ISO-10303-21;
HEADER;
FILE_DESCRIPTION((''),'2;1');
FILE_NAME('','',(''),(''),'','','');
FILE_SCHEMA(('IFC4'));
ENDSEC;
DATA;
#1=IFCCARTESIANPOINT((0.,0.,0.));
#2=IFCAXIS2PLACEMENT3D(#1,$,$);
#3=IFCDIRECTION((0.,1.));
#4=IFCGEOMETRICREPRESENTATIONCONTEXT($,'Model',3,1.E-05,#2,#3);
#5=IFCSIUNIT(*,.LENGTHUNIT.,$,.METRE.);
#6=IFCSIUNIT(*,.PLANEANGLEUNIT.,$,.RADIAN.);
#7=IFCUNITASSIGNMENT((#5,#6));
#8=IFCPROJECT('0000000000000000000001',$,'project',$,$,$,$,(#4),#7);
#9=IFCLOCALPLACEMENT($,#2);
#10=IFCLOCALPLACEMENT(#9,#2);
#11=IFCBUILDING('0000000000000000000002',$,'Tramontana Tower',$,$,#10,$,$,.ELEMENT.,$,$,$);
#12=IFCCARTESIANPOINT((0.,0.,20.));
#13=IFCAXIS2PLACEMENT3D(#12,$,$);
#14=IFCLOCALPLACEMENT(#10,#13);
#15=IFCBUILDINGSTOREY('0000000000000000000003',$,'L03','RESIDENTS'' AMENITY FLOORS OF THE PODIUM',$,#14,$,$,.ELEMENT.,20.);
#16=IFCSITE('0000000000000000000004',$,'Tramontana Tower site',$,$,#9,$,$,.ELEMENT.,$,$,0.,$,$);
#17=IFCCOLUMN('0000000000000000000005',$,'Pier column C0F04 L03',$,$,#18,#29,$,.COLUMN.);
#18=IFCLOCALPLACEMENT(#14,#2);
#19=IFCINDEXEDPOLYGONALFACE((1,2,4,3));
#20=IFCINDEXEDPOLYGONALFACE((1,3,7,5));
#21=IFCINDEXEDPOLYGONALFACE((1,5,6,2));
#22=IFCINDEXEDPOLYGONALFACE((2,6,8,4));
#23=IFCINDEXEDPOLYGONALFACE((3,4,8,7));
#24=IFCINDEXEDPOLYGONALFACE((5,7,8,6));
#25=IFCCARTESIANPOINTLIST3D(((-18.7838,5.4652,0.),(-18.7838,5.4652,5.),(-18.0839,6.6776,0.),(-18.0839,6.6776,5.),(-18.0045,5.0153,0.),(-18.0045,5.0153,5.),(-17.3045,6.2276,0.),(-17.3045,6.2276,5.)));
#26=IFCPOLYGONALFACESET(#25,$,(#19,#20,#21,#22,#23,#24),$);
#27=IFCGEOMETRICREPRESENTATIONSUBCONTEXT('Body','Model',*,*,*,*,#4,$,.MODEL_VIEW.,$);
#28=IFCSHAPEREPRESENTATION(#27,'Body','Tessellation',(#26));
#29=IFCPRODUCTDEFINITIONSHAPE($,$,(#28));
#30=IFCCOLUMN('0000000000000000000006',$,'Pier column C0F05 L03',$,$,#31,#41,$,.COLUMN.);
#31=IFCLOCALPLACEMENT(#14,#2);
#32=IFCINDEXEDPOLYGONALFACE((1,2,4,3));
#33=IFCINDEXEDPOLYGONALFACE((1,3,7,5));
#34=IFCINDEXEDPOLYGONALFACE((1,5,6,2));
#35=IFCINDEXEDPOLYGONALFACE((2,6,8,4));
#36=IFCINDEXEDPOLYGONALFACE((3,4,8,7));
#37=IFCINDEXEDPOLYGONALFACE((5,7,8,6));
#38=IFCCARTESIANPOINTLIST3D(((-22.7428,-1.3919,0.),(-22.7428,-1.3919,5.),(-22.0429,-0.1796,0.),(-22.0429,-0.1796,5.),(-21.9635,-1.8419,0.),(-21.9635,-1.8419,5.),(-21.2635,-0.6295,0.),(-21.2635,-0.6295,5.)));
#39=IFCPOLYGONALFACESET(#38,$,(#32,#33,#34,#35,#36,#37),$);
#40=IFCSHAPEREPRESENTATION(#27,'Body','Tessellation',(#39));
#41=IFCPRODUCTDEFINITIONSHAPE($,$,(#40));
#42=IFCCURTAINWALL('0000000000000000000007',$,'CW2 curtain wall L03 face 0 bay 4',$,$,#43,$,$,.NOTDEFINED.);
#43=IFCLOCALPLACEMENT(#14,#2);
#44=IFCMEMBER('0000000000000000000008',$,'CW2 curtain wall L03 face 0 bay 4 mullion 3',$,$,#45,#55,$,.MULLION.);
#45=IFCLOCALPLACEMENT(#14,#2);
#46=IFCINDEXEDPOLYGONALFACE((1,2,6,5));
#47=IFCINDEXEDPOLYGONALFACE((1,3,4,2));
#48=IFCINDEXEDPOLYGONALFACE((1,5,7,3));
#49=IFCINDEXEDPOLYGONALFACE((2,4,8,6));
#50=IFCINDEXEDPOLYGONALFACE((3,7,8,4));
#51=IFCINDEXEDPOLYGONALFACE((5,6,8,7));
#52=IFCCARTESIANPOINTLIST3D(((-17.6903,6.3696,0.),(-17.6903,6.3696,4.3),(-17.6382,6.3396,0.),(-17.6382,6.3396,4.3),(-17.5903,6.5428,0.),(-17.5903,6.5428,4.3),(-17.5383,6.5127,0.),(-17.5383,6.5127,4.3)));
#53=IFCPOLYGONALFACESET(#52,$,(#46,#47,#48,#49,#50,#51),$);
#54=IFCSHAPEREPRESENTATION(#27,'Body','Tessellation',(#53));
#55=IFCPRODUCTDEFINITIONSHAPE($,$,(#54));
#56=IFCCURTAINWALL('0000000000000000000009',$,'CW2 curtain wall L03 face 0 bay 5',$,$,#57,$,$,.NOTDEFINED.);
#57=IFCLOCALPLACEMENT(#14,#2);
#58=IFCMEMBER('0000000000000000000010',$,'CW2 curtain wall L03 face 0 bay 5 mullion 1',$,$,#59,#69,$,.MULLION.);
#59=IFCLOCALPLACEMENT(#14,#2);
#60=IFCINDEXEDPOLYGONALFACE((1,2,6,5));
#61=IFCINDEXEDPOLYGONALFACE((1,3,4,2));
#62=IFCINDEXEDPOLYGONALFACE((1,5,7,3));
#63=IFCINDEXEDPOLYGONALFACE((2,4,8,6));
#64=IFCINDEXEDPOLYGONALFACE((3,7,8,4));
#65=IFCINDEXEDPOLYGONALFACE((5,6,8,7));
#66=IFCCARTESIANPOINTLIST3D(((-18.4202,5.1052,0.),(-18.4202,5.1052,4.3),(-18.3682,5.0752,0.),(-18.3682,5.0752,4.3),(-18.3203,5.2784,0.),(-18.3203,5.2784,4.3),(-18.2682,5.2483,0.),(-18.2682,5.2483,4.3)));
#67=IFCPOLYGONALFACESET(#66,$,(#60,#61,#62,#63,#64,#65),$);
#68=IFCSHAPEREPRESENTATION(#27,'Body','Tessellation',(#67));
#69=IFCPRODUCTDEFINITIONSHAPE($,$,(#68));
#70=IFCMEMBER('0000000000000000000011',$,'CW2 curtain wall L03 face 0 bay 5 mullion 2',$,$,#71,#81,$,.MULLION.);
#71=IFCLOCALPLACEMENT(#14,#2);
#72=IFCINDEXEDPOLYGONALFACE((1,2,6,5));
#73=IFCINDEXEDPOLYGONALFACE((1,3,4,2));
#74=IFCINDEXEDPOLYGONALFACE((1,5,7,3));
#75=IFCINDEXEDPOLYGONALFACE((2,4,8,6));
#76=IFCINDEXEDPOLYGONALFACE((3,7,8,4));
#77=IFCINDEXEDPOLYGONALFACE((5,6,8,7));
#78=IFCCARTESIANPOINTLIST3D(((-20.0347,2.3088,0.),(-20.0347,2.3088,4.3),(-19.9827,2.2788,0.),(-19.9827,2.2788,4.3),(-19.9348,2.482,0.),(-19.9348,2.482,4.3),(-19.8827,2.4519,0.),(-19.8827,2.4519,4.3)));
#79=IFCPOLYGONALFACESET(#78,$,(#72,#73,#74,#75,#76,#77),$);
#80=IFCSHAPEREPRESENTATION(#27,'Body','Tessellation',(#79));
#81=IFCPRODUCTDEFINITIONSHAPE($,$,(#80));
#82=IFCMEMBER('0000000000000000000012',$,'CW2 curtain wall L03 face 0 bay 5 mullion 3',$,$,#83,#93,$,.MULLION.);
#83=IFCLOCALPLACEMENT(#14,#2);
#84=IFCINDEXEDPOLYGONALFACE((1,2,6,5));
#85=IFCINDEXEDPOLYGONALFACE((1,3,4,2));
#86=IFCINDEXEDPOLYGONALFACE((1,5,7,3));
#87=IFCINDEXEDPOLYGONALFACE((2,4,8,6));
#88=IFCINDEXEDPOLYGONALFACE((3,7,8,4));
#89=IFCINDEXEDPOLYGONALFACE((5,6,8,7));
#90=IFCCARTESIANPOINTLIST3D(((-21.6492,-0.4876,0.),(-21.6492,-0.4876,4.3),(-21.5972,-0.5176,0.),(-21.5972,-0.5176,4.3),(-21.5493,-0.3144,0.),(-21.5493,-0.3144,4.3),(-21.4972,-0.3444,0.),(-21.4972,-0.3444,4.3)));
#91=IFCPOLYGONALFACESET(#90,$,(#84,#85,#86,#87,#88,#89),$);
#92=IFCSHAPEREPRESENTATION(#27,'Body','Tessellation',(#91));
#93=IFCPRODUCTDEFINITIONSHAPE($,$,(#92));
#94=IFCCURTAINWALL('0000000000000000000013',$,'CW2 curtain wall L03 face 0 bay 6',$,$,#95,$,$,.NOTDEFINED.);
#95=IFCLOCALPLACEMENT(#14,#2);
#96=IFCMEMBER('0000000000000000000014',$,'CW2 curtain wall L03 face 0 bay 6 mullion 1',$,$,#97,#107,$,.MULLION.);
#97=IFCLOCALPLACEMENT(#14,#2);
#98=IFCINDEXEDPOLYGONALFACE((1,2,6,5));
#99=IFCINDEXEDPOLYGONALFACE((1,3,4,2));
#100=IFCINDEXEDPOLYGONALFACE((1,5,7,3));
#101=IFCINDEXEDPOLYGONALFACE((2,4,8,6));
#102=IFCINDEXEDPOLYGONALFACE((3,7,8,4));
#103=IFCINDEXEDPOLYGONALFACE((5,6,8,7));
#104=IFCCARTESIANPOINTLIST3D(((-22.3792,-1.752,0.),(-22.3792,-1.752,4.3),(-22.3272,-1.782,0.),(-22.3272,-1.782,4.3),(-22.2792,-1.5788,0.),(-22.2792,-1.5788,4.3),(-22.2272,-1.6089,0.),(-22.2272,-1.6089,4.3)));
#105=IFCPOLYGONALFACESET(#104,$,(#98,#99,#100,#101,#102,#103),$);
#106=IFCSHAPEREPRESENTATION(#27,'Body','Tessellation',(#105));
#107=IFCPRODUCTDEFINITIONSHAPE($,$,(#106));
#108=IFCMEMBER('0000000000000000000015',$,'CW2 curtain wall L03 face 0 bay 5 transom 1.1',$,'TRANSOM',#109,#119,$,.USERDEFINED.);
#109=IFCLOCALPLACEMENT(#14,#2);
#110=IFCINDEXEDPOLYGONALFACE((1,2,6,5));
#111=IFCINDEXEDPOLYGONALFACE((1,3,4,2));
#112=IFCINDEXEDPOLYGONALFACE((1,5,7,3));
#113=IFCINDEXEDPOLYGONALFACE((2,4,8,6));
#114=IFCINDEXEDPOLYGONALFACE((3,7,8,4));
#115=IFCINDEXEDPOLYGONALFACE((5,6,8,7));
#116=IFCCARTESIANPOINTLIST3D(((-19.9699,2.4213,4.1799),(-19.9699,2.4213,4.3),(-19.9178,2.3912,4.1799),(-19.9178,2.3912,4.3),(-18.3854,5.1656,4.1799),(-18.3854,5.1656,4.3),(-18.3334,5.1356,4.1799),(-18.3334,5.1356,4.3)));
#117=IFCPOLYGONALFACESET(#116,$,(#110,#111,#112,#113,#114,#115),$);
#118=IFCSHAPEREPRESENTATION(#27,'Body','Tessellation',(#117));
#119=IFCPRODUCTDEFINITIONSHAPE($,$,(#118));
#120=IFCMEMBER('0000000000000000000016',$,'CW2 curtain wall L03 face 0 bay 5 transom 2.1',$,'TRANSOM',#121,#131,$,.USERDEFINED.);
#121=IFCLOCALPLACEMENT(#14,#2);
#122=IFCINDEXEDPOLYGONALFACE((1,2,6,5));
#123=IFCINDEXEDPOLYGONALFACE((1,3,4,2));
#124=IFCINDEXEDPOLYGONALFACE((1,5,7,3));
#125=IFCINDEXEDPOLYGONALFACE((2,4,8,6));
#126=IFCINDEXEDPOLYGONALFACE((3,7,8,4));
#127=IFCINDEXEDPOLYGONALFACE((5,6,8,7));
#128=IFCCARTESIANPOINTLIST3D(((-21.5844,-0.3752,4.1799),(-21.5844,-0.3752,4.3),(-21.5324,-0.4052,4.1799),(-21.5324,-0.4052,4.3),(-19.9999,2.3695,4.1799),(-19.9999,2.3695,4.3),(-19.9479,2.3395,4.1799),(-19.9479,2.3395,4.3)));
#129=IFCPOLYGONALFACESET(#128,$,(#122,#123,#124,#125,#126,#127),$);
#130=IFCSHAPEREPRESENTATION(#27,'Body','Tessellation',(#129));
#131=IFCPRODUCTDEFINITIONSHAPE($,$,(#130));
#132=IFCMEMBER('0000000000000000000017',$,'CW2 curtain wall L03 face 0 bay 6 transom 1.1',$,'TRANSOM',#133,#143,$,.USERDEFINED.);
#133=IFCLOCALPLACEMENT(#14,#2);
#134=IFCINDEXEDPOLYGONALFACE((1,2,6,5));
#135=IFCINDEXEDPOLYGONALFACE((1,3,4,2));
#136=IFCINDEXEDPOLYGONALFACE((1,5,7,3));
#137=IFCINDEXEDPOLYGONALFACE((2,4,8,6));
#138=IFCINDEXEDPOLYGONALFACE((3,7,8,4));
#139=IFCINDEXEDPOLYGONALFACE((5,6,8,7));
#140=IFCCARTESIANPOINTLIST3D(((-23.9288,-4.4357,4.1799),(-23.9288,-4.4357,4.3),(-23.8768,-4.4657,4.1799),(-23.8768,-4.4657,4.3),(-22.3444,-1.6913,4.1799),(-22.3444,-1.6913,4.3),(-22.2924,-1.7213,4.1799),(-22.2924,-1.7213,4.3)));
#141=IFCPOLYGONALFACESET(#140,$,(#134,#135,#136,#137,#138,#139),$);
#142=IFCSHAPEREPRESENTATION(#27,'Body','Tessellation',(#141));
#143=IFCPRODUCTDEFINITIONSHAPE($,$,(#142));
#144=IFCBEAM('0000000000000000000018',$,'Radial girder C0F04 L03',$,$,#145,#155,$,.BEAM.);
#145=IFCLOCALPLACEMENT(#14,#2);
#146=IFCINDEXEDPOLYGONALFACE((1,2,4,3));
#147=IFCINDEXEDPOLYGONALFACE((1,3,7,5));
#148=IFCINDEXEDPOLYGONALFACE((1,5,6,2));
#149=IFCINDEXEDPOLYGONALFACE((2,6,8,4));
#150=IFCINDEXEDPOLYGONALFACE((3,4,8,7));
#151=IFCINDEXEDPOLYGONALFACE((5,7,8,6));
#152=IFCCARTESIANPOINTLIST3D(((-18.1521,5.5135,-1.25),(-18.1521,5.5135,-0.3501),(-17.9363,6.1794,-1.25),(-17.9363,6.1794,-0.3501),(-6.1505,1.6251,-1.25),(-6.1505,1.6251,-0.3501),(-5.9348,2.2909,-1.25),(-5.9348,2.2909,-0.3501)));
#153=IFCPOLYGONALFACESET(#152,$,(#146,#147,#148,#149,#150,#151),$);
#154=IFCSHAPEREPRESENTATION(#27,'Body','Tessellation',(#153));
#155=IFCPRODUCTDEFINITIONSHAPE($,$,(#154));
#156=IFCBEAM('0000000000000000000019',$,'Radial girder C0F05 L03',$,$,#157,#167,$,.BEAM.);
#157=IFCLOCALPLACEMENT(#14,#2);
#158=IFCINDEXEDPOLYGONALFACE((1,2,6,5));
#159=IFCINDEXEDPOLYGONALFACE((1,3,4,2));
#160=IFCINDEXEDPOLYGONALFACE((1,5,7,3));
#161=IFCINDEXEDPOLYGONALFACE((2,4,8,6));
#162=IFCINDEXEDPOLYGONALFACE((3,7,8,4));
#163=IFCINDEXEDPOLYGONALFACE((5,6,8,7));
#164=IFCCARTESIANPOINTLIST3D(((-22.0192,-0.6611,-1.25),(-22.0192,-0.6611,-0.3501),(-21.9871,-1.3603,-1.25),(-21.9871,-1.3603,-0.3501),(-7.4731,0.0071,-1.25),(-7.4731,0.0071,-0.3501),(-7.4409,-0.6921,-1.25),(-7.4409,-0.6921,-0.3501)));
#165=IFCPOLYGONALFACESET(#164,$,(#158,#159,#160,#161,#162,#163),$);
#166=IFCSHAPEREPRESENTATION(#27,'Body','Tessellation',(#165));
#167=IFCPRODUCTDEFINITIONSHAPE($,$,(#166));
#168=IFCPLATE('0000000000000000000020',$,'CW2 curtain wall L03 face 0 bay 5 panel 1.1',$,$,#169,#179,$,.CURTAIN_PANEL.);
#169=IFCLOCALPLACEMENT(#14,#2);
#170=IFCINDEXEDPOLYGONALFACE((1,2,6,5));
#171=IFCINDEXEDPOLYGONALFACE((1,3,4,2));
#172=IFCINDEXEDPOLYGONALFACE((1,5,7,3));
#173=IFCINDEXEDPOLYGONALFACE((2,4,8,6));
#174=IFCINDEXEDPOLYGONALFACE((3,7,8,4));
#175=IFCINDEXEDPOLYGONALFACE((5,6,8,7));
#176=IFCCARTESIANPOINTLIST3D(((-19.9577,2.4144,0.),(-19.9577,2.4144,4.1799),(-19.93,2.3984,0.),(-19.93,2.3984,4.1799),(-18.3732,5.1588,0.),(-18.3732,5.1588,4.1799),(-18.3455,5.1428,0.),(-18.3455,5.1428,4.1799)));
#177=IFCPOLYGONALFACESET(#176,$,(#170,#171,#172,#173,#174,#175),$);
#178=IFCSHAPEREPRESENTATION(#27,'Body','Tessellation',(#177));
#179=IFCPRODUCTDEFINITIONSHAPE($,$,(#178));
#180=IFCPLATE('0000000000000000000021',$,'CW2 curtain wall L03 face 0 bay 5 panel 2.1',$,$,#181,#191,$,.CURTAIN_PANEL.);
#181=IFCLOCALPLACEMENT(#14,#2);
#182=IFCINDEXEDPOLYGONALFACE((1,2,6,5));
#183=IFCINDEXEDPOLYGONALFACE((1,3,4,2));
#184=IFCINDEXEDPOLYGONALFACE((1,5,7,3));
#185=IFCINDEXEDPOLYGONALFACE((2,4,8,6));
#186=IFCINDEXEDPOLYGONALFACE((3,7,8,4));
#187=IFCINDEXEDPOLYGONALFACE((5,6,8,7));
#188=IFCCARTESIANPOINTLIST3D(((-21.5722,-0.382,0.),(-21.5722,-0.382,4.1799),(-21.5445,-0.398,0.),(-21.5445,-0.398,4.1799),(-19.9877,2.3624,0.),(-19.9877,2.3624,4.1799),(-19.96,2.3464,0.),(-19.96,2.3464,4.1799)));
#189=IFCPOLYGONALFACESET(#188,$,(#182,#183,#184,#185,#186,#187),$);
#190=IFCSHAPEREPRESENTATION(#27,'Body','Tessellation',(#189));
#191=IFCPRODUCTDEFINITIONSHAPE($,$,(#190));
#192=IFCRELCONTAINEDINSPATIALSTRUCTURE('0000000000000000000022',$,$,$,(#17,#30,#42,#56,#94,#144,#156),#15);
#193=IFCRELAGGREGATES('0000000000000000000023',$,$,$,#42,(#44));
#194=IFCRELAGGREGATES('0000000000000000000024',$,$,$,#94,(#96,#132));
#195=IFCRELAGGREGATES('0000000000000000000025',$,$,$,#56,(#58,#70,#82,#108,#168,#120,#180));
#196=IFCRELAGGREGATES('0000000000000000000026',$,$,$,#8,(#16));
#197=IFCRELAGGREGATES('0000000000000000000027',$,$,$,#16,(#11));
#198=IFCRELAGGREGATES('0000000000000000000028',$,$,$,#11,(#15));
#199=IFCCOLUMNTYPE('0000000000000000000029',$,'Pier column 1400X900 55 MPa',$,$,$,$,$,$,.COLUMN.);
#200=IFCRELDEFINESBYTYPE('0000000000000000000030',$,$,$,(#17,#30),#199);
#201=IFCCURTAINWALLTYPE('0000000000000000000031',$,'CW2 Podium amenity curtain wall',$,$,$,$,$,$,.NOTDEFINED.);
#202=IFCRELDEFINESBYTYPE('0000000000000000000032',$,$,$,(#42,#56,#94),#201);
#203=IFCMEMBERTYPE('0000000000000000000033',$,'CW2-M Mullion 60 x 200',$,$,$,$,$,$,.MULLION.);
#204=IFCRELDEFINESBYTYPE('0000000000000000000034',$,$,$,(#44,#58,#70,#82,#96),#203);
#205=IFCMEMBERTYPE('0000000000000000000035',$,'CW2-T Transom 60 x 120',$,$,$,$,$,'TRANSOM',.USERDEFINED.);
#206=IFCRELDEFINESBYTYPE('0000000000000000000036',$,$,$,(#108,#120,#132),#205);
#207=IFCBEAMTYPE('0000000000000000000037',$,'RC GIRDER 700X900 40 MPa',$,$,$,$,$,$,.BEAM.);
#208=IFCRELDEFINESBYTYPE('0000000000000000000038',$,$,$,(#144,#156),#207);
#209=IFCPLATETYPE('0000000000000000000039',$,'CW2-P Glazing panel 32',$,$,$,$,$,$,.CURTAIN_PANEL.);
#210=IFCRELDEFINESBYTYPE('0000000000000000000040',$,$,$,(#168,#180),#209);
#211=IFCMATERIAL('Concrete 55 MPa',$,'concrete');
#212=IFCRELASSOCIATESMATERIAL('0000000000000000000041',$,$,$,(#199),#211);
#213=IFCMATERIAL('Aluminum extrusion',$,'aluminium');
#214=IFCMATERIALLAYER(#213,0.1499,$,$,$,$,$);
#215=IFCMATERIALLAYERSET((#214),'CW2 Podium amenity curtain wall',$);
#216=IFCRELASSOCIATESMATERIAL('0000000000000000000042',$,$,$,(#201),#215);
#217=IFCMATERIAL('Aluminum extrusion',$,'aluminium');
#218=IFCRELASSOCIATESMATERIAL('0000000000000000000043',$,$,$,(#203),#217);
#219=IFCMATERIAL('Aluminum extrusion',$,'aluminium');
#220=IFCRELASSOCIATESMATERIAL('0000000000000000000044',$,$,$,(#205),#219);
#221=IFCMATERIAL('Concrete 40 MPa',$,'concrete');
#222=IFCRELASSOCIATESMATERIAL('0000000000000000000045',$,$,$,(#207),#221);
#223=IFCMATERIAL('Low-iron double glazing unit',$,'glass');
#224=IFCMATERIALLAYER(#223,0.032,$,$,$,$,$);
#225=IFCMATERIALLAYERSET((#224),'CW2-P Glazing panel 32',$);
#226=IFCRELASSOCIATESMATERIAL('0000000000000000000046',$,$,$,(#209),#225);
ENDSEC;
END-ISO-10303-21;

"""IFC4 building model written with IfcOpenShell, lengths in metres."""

from ifc_helpers import new_model, si_unit, direction, frame, origin, origin_2d, place, context, subcontext, project, spatial, rectangle, extrude, material, layer, layer_set, material_profile, profile_set, type_object, element, aggregate, save


model = new_model("IFC4")

# Units and contexts
model_context = context("Model", 3, precision=1e-05, world=origin(), true_north=direction((0.0, 1.0)))
body_context = subcontext(model_context, "Body", "Model", "MODEL_VIEW")
ifc_project = project(units=[si_unit("LENGTHUNIT", "METRE"), si_unit("PLANEANGLEUNIT", "RADIAN")], contexts=[model_context])

# Site, building, storey
site_placement = place(None, origin())
site = spatial("IfcSite", under=ifc_project, at=site_placement, Name="Tramontana Tower site", CompositionType="ELEMENT", RefElevation=0.0)
building_placement = place(site_placement, origin())
building = spatial("IfcBuilding", under=site, at=building_placement, Name="Tramontana Tower", CompositionType="ELEMENT")
storey_placement = place(building_placement, frame((0.0, 0.0, 20.0)))
storey = spatial("IfcBuildingStorey", under=building, at=storey_placement, Name="L03", Description="RESIDENTS' AMENITY FLOORS OF THE PODIUM", CompositionType="ELEMENT", Elevation=20.0)

# Columns
ifc_material_1 = material(Name="Concrete 55 MPa", Category="concrete")
ifc_material_profile_1 = material_profile(ifc_material_1, rectangle(XDim=1.3999, YDim=0.8999, at=origin_2d()), Name="Pier column 1400X900 55 MPa")
ifc_profile_set_1 = profile_set([ifc_material_profile_1], Name="Concrete 55 MPa")
column_type = type_object("IfcColumnType", Name="Pier column 1400X900 55 MPa", PredefinedType="COLUMN", material=ifc_profile_set_1)
for number, where, z_axis, x_axis, name in (
    (1, (-18.0442, 5.8464, 0.0), (0.0, 0.0, 1.0), (-0.5, -0.866025, 0.0), "Pier column C0F04 L03"),
    (2, (-22.0032, -1.0107, 0.0), (0.0, 0.0, 1.0), (-0.5, -0.866025, 0.0), "Pier column C0F05 L03"),
):
    element("IfcColumn", number, at=place(storey_placement, frame(where, z_axis=z_axis, x_axis=x_axis)), inside=storey, type_object=column_type, Name=name, PredefinedType="COLUMN", context=body_context, shape_type="SweptSolid", body=[
        extrude(rectangle(XDim=1.3999, YDim=0.8999, at=origin_2d()), origin(), (0.0, 0.0, 1.0), 5.0),
    ])

# Curtain wall, member
ifc_material_2 = material(Name="Aluminum extrusion", Category="aluminium")
ifc_layer_1 = layer(ifc_material_2, 0.1499)
ifc_layer_set_1 = layer_set([ifc_layer_1], Name="CW2 Podium amenity curtain wall")
curtain_wall_type = type_object("IfcCurtainWallType", Name="CW2 Podium amenity curtain wall", PredefinedType="NOTDEFINED", material=ifc_layer_set_1)
curtain_wall_1_placement = place(storey_placement, origin())
curtain_wall_1 = element("IfcCurtainWall", 3, at=curtain_wall_1_placement, inside=storey, type_object=curtain_wall_type, Name="CW2 curtain wall L03 face 0 bay 4", PredefinedType="NOTDEFINED")
ifc_material_3 = material(Name="Aluminum extrusion", Category="aluminium")
ifc_material_profile_2 = material_profile(ifc_material_3, rectangle(XDim=0.0601, YDim=0.2, at=origin_2d()), Name="CW2-M Mullion 60 x 200")
ifc_profile_set_2 = profile_set([ifc_material_profile_2], Name="Aluminum extrusion")
member_type_1 = type_object("IfcMemberType", Name="CW2-M Mullion 60 x 200", PredefinedType="MULLION", material=ifc_profile_set_2)
member_1_placement = place(storey_placement, frame((-17.6143, 6.4412, 0.0), z_axis=(0.0, 0.0, 1.0), x_axis=(0.866025, -0.5, 0.0)))
member_1 = element("IfcMember", 4, at=member_1_placement, type_object=member_type_1, Name="CW2 curtain wall L03 face 0 bay 4 mullion 3", PredefinedType="MULLION", context=body_context, shape_type="SweptSolid", body=[
    extrude(rectangle(XDim=0.0601, YDim=0.2, at=origin_2d()), origin(), (0.0, 0.0, 1.0), 4.3),
])
aggregate(curtain_wall_1, [member_1])

# Curtain wall, members
curtain_wall_2_placement = place(storey_placement, origin())
curtain_wall_2 = element("IfcCurtainWall", 5, at=curtain_wall_2_placement, inside=storey, type_object=curtain_wall_type, Name="CW2 curtain wall L03 face 0 bay 5", PredefinedType="NOTDEFINED")
member_2_placement = place(storey_placement, frame((-18.3442, 5.1768, 0.0), z_axis=(0.0, 0.0, 1.0), x_axis=(0.866025, -0.5, 0.0)))
member_2 = element("IfcMember", 6, at=member_2_placement, type_object=member_type_1, Name="CW2 curtain wall L03 face 0 bay 5 mullion 1", PredefinedType="MULLION", context=body_context, shape_type="SweptSolid", body=[
    extrude(rectangle(XDim=0.0601, YDim=0.2, at=origin_2d()), origin(), (0.0, 0.0, 1.0), 4.3),
])
member_3_placement = place(storey_placement, frame((-19.9587, 2.3804, 0.0), z_axis=(0.0, 0.0, 1.0), x_axis=(0.866025, -0.5, 0.0)))
member_3 = element("IfcMember", 7, at=member_3_placement, type_object=member_type_1, Name="CW2 curtain wall L03 face 0 bay 5 mullion 2", PredefinedType="MULLION", context=body_context, shape_type="SweptSolid", body=[
    extrude(rectangle(XDim=0.0601, YDim=0.2, at=origin_2d()), origin(), (0.0, 0.0, 1.0), 4.3),
])
member_4_placement = place(storey_placement, frame((-21.5732, -0.416, 0.0), z_axis=(0.0, 0.0, 1.0), x_axis=(0.866025, -0.5, 0.0)))
member_4 = element("IfcMember", 8, at=member_4_placement, type_object=member_type_1, Name="CW2 curtain wall L03 face 0 bay 5 mullion 3", PredefinedType="MULLION", context=body_context, shape_type="SweptSolid", body=[
    extrude(rectangle(XDim=0.0601, YDim=0.2, at=origin_2d()), origin(), (0.0, 0.0, 1.0), 4.3),
])

# Curtain wall, member
curtain_wall_3_placement = place(storey_placement, origin())
curtain_wall_3 = element("IfcCurtainWall", 9, at=curtain_wall_3_placement, inside=storey, type_object=curtain_wall_type, Name="CW2 curtain wall L03 face 0 bay 6", PredefinedType="NOTDEFINED")
member_5_placement = place(storey_placement, frame((-22.3032, -1.6804, 0.0), z_axis=(0.0, 0.0, 1.0), x_axis=(0.866025, -0.5, 0.0)))
member_5 = element("IfcMember", 10, at=member_5_placement, type_object=member_type_1, Name="CW2 curtain wall L03 face 0 bay 6 mullion 1", PredefinedType="MULLION", context=body_context, shape_type="SweptSolid", body=[
    extrude(rectangle(XDim=0.0601, YDim=0.2, at=origin_2d()), origin(), (0.0, 0.0, 1.0), 4.3),
])

# Members
ifc_material_4 = material(Name="Aluminum extrusion", Category="aluminium")
ifc_material_profile_3 = material_profile(ifc_material_4, rectangle(XDim=0.0601, YDim=0.1201, at=origin_2d()), Name="CW2-T Transom 60 x 120")
ifc_profile_set_3 = profile_set([ifc_material_profile_3], Name="Aluminum extrusion")
member_type_2 = type_object("IfcMemberType", Name="CW2-T Transom 60 x 120", ElementType="TRANSOM", PredefinedType="USERDEFINED", material=ifc_profile_set_3)
member_6_placement = place(storey_placement, frame((-18.3594, 5.1506, 4.24), z_axis=(-0.5, -0.866025, 0.0), x_axis=(0.866025, -0.5, 0.0)))
member_6 = element("IfcMember", 11, at=member_6_placement, type_object=member_type_2, Name="CW2 curtain wall L03 face 0 bay 5 transom 1.1", ObjectType="TRANSOM", PredefinedType="USERDEFINED", context=body_context, shape_type="SweptSolid", body=[
    extrude(rectangle(XDim=0.0601, YDim=0.1201, at=origin_2d()), origin(), (0.0, 0.0, 1.0), 3.1689),
])
member_7_placement = place(storey_placement, frame((-19.9739, 2.3545, 4.24), z_axis=(-0.499967, -0.866044, 0.0), x_axis=(0.866044, -0.499967, 0.0)))
member_7 = element("IfcMember", 12, at=member_7_placement, type_object=member_type_2, Name="CW2 curtain wall L03 face 0 bay 5 transom 2.1", ObjectType="TRANSOM", PredefinedType="USERDEFINED", context=body_context, shape_type="SweptSolid", body=[
    extrude(rectangle(XDim=0.0601, YDim=0.1201, at=origin_2d()), origin(), (0.0, 0.0, 1.0), 3.1692),
])
member_8_placement = place(storey_placement, frame((-22.3184, -1.7063, 4.24), z_axis=(-0.5, -0.866025, 0.0), x_axis=(0.866025, -0.5, 0.0)))
member_8 = element("IfcMember", 13, at=member_8_placement, type_object=member_type_2, Name="CW2 curtain wall L03 face 0 bay 6 transom 1.1", ObjectType="TRANSOM", PredefinedType="USERDEFINED", context=body_context, shape_type="SweptSolid", body=[
    extrude(rectangle(XDim=0.0601, YDim=0.1201, at=origin_2d()), origin(), (0.0, 0.0, 1.0), 3.1689),
])
aggregate(curtain_wall_3, [member_5, member_8])

# Beams
ifc_material_5 = material(Name="Concrete 40 MPa", Category="concrete")
ifc_material_profile_4 = material_profile(ifc_material_5, rectangle(XDim=0.7, YDim=0.8999, at=origin_2d()), Name="RC GIRDER 700X900 40 MPa")
ifc_profile_set_4 = profile_set([ifc_material_profile_4], Name="Concrete 40 MPa")
beam_type = type_object("IfcBeamType", Name="RC GIRDER 700X900 40 MPa", PredefinedType="BEAM", material=ifc_profile_set_4)
beam_1_placement = place(storey_placement, frame((-18.0442, 5.8464, -0.8), z_axis=(0.951314, -0.308222, 0.0), x_axis=(0.308222, 0.951314, 0.0)))
element("IfcBeam", 14, at=beam_1_placement, inside=storey, type_object=beam_type, Name="Radial girder C0F04 L03", PredefinedType="BEAM", context=body_context, shape_type="SweptSolid", body=[
    extrude(rectangle(XDim=0.7, YDim=0.8999, at=origin_2d()), origin(), (0.0, 0.0, 1.0), 12.6157),
])
beam_2_placement = place(storey_placement, frame((-22.0032, -1.0107, -0.8), z_axis=(0.998947, 0.045889, 0.0), x_axis=(-0.045889, 0.998947, 0.0)))
element("IfcBeam", 15, at=beam_2_placement, inside=storey, type_object=beam_type, Name="Radial girder C0F05 L03", PredefinedType="BEAM", context=body_context, shape_type="SweptSolid", body=[
    extrude(rectangle(XDim=0.7, YDim=0.8999, at=origin_2d()), origin(), (0.0, 0.0, 1.0), 14.5615),
])

# Plates
ifc_material_6 = material(Name="Low-iron double glazing unit", Category="glass")
ifc_layer_2 = layer(ifc_material_6, 0.032)
ifc_layer_set_2 = layer_set([ifc_layer_2], Name="CW2-P Glazing panel 32")
plate_type = type_object("IfcPlateType", Name="CW2-P Glazing panel 32", PredefinedType="CURTAIN_PANEL", material=ifc_layer_set_2)
plate_1_placement = place(storey_placement, frame((-19.1516, 3.7786, 0.0), z_axis=(0.0, 0.0, 1.0), x_axis=(-0.5, -0.866025, 0.0)))
plate_1 = element("IfcPlate", 16, at=plate_1_placement, type_object=plate_type, Name="CW2 curtain wall L03 face 0 bay 5 panel 1.1", PredefinedType="CURTAIN_PANEL", context=body_context, shape_type="SweptSolid", body=[
    extrude(rectangle(XDim=3.1689, YDim=0.032, at=origin_2d()), origin(), (0.0, 0.0, 1.0), 4.1799),
])
plate_2_placement = place(storey_placement, frame((-20.7661, 0.9822, 0.0), z_axis=(0.0, 0.0, 1.0), x_axis=(-0.5, -0.866025, 0.0)))
plate_2 = element("IfcPlate", 17, at=plate_2_placement, type_object=plate_type, Name="CW2 curtain wall L03 face 0 bay 5 panel 2.1", PredefinedType="CURTAIN_PANEL", context=body_context, shape_type="SweptSolid", body=[
    extrude(rectangle(XDim=3.1689, YDim=0.032, at=origin_2d()), origin(), (0.0, 0.0, 1.0), 4.1799),
])
aggregate(curtain_wall_2, [member_2, member_3, member_4, member_6, plate_1, member_7, plate_2])

save(model, "model.ifc")
